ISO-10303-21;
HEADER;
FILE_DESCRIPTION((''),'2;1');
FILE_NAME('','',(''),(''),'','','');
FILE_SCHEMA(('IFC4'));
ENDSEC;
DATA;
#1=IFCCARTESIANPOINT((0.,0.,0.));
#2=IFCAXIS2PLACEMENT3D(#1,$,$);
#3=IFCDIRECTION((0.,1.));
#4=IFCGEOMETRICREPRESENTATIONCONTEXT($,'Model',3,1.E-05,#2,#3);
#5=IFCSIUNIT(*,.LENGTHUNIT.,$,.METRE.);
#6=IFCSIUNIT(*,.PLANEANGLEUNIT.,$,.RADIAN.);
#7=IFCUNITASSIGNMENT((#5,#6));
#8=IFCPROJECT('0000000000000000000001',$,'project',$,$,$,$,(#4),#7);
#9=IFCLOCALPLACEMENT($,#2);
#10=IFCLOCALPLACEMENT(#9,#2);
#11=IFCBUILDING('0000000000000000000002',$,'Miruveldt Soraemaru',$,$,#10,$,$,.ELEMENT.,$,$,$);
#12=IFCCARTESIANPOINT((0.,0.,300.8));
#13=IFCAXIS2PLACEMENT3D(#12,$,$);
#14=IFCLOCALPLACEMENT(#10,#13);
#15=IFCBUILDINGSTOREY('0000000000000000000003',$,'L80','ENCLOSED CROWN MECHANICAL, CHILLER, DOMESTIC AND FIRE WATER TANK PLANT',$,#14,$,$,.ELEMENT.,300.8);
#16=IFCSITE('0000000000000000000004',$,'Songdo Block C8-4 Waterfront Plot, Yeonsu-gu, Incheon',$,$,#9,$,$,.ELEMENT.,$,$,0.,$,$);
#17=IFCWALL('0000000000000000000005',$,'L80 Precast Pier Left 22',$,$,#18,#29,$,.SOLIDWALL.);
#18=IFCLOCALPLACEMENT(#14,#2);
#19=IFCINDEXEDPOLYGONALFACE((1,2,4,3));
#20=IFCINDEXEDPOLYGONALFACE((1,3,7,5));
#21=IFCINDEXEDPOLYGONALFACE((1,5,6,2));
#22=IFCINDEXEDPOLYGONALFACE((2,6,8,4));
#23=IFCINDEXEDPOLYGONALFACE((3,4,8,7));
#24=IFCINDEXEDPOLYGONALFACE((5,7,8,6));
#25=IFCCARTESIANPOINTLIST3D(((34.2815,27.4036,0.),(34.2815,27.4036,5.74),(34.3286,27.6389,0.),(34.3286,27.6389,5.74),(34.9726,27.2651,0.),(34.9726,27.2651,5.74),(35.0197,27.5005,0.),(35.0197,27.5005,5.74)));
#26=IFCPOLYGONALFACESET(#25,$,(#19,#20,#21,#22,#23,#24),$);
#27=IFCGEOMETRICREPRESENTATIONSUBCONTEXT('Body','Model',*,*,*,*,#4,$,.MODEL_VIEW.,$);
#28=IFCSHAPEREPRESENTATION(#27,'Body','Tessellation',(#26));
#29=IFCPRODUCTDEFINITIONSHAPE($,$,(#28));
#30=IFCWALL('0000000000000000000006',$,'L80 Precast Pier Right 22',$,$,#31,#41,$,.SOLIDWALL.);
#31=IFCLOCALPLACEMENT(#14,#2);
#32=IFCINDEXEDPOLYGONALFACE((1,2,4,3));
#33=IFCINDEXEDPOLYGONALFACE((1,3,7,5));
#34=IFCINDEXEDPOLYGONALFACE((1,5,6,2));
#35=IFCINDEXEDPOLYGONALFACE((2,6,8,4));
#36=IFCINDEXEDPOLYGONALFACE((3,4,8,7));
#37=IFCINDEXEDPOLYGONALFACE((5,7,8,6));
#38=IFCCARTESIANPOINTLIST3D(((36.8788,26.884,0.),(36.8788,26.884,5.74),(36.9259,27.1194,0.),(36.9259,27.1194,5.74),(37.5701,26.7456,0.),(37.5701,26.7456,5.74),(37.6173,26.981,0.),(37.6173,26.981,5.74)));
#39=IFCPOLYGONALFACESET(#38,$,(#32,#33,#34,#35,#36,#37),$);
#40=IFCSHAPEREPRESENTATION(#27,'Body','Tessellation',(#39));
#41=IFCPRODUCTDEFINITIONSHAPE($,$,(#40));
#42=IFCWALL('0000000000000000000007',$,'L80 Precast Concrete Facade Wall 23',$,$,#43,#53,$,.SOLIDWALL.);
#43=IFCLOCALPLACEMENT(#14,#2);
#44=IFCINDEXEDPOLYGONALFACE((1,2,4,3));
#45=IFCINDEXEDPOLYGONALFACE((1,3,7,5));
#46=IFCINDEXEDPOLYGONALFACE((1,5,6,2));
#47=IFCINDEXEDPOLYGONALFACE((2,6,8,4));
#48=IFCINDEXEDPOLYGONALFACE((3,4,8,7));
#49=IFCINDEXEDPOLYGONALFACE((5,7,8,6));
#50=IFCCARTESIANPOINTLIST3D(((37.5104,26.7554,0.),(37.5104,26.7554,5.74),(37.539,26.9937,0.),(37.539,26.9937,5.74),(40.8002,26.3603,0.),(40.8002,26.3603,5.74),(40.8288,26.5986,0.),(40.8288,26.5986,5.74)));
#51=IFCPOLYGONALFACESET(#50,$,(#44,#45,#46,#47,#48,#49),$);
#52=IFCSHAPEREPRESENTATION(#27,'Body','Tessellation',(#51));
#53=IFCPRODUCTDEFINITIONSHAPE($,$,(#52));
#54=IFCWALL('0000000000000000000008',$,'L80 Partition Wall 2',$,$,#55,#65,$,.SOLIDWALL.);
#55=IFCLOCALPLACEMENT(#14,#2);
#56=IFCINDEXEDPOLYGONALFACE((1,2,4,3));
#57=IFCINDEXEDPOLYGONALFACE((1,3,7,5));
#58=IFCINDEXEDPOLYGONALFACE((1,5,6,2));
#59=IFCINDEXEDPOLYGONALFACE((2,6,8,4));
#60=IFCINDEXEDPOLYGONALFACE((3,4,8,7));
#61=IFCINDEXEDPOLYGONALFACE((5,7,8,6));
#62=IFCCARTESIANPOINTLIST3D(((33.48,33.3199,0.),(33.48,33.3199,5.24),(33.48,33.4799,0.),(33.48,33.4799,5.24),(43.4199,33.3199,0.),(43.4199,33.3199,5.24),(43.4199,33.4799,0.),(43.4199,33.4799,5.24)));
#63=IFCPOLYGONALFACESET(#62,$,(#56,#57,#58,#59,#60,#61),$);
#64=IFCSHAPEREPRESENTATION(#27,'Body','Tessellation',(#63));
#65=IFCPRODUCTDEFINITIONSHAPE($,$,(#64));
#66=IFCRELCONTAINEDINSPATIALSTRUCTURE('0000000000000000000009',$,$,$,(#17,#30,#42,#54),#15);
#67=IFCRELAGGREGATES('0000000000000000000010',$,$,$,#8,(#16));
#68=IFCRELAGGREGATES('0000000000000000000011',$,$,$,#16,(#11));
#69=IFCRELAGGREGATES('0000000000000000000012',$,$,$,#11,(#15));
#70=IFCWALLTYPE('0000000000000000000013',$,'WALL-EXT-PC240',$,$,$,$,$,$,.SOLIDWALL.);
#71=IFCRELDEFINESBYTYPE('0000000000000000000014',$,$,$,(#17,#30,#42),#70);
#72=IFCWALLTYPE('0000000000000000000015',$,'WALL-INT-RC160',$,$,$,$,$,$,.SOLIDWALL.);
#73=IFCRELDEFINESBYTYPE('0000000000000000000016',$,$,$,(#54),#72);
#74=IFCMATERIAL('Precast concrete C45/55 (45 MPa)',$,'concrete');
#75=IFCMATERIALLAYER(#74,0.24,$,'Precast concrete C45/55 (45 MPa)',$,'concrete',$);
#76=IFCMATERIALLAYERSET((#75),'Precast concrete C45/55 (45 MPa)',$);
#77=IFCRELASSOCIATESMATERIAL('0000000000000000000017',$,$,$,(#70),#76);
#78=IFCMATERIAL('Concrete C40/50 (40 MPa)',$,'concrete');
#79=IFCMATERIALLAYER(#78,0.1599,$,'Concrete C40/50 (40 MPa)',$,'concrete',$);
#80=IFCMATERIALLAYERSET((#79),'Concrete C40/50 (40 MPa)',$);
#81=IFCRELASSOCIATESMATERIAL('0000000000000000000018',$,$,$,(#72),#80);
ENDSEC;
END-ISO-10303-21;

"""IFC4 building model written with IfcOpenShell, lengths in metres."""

from ifc_helpers import new_model, si_unit, direction, frame, frame_2d, origin, place, context, subcontext, project, spatial, rectangle, extrude, material, layer, layer_set, type_object, element, save


model = new_model("IFC4")

# Units and contexts
model_context = context("Model", 3, precision=1e-05, world=origin(), true_north=direction((0.0, 1.0)))
body_context = subcontext(model_context, "Body", "Model", "MODEL_VIEW")
ifc_project = project(units=[si_unit("LENGTHUNIT", "METRE"), si_unit("PLANEANGLEUNIT", "RADIAN")], contexts=[model_context])

# Site, building, storey
site_placement = place(None, origin())
site = spatial("IfcSite", under=ifc_project, at=site_placement, Name="Songdo Block C8-4 Waterfront Plot, Yeonsu-gu, Incheon", CompositionType="ELEMENT", RefElevation=0.0)
building_placement = place(site_placement, origin())
building = spatial("IfcBuilding", under=site, at=building_placement, Name="Miruveldt Soraemaru", CompositionType="ELEMENT")
storey_placement = place(building_placement, frame((0.0, 0.0, 300.8)))
storey = spatial("IfcBuildingStorey", under=building, at=storey_placement, Name="L80", Description="ENCLOSED CROWN MECHANICAL, CHILLER, DOMESTIC AND FIRE WATER TANK PLANT", CompositionType="ELEMENT", Elevation=300.8)

# Shared definitions
ifc_material_1 = material(Name="Concrete C40/50 (40 MPa)", Category="concrete")

# Walls
ifc_material_2 = material(Name="Precast concrete C45/55 (45 MPa)", Category="concrete")
ifc_layer_1 = layer(ifc_material_2, 0.24, Name="Precast concrete C45/55 (45 MPa)", Category="concrete")
ifc_layer_set_1 = layer_set([ifc_layer_1], Name="Precast concrete C45/55 (45 MPa)")
wall_type_1 = type_object("IfcWallType", Name="WALL-EXT-PC240", PredefinedType="SOLIDWALL", material=ifc_layer_set_1)
wall_1_placement = place(storey_placement, frame((34.3049, 27.5212, 0.0), z_axis=(0.0, 0.0, 1.0), x_axis=(0.980527, -0.196383, 0.0)))
element("IfcWall", 1, at=wall_1_placement, inside=storey, type_object=wall_type_1, Name="L80 Precast Pier Left 22", PredefinedType="SOLIDWALL", context=body_context, shape_type="SweptSolid", body=[
    extrude(rectangle(XDim=0.7048, YDim=0.24, at=frame_2d((0.3525, 0.0))), origin(), (0.0, 0.0, 1.0), 5.74),
])
wall_2_placement = place(storey_placement, frame((36.9023, 27.0017, 0.0), z_axis=(0.0, 0.0, 1.0), x_axis=(0.980541, -0.196316, 0.0)))
element("IfcWall", 2, at=wall_2_placement, inside=storey, type_object=wall_type_1, Name="L80 Precast Pier Right 22", PredefinedType="SOLIDWALL", context=body_context, shape_type="SweptSolid", body=[
    extrude(rectangle(XDim=0.7051, YDim=0.24, at=frame_2d((0.3525, 0.0))), origin(), (0.0, 0.0, 1.0), 5.74),
])
wall_3_placement = place(storey_placement, frame((37.5247, 26.8745, 0.0), z_axis=(0.0, 0.0, 1.0), x_axis=(0.992868, -0.119218, 0.0)))
element("IfcWall", 3, at=wall_3_placement, inside=storey, type_object=wall_type_1, Name="L80 Precast Concrete Facade Wall 23", PredefinedType="SOLIDWALL", context=body_context, shape_type="SweptSolid", body=[
    extrude(rectangle(XDim=3.3135, YDim=0.24, at=frame_2d((1.6567, 0.0))), origin(), (0.0, 0.0, 1.0), 5.74),
])
ifc_layer_2 = layer(ifc_material_1, 0.1599, Name="Concrete C40/50 (40 MPa)", Category="concrete")
ifc_layer_set_2 = layer_set([ifc_layer_2], Name="Concrete C40/50 (40 MPa)")
wall_type_2 = type_object("IfcWallType", Name="WALL-INT-RC160", PredefinedType="SOLIDWALL", material=ifc_layer_set_2)
wall_4_placement = place(storey_placement, frame((33.48, 33.3999, 0.0), z_axis=(0.0, 0.0, 1.0), x_axis=(1.0, 0.0, 0.0)))
element("IfcWall", 4, at=wall_4_placement, inside=storey, type_object=wall_type_2, Name="L80 Partition Wall 2", PredefinedType="SOLIDWALL", context=body_context, shape_type="SweptSolid", body=[
    extrude(rectangle(XDim=9.9399, YDim=0.1599, at=frame_2d((4.97, 0.0))), origin(), (0.0, 0.0, 1.0), 5.24),
])

save(model, "model.ifc")
